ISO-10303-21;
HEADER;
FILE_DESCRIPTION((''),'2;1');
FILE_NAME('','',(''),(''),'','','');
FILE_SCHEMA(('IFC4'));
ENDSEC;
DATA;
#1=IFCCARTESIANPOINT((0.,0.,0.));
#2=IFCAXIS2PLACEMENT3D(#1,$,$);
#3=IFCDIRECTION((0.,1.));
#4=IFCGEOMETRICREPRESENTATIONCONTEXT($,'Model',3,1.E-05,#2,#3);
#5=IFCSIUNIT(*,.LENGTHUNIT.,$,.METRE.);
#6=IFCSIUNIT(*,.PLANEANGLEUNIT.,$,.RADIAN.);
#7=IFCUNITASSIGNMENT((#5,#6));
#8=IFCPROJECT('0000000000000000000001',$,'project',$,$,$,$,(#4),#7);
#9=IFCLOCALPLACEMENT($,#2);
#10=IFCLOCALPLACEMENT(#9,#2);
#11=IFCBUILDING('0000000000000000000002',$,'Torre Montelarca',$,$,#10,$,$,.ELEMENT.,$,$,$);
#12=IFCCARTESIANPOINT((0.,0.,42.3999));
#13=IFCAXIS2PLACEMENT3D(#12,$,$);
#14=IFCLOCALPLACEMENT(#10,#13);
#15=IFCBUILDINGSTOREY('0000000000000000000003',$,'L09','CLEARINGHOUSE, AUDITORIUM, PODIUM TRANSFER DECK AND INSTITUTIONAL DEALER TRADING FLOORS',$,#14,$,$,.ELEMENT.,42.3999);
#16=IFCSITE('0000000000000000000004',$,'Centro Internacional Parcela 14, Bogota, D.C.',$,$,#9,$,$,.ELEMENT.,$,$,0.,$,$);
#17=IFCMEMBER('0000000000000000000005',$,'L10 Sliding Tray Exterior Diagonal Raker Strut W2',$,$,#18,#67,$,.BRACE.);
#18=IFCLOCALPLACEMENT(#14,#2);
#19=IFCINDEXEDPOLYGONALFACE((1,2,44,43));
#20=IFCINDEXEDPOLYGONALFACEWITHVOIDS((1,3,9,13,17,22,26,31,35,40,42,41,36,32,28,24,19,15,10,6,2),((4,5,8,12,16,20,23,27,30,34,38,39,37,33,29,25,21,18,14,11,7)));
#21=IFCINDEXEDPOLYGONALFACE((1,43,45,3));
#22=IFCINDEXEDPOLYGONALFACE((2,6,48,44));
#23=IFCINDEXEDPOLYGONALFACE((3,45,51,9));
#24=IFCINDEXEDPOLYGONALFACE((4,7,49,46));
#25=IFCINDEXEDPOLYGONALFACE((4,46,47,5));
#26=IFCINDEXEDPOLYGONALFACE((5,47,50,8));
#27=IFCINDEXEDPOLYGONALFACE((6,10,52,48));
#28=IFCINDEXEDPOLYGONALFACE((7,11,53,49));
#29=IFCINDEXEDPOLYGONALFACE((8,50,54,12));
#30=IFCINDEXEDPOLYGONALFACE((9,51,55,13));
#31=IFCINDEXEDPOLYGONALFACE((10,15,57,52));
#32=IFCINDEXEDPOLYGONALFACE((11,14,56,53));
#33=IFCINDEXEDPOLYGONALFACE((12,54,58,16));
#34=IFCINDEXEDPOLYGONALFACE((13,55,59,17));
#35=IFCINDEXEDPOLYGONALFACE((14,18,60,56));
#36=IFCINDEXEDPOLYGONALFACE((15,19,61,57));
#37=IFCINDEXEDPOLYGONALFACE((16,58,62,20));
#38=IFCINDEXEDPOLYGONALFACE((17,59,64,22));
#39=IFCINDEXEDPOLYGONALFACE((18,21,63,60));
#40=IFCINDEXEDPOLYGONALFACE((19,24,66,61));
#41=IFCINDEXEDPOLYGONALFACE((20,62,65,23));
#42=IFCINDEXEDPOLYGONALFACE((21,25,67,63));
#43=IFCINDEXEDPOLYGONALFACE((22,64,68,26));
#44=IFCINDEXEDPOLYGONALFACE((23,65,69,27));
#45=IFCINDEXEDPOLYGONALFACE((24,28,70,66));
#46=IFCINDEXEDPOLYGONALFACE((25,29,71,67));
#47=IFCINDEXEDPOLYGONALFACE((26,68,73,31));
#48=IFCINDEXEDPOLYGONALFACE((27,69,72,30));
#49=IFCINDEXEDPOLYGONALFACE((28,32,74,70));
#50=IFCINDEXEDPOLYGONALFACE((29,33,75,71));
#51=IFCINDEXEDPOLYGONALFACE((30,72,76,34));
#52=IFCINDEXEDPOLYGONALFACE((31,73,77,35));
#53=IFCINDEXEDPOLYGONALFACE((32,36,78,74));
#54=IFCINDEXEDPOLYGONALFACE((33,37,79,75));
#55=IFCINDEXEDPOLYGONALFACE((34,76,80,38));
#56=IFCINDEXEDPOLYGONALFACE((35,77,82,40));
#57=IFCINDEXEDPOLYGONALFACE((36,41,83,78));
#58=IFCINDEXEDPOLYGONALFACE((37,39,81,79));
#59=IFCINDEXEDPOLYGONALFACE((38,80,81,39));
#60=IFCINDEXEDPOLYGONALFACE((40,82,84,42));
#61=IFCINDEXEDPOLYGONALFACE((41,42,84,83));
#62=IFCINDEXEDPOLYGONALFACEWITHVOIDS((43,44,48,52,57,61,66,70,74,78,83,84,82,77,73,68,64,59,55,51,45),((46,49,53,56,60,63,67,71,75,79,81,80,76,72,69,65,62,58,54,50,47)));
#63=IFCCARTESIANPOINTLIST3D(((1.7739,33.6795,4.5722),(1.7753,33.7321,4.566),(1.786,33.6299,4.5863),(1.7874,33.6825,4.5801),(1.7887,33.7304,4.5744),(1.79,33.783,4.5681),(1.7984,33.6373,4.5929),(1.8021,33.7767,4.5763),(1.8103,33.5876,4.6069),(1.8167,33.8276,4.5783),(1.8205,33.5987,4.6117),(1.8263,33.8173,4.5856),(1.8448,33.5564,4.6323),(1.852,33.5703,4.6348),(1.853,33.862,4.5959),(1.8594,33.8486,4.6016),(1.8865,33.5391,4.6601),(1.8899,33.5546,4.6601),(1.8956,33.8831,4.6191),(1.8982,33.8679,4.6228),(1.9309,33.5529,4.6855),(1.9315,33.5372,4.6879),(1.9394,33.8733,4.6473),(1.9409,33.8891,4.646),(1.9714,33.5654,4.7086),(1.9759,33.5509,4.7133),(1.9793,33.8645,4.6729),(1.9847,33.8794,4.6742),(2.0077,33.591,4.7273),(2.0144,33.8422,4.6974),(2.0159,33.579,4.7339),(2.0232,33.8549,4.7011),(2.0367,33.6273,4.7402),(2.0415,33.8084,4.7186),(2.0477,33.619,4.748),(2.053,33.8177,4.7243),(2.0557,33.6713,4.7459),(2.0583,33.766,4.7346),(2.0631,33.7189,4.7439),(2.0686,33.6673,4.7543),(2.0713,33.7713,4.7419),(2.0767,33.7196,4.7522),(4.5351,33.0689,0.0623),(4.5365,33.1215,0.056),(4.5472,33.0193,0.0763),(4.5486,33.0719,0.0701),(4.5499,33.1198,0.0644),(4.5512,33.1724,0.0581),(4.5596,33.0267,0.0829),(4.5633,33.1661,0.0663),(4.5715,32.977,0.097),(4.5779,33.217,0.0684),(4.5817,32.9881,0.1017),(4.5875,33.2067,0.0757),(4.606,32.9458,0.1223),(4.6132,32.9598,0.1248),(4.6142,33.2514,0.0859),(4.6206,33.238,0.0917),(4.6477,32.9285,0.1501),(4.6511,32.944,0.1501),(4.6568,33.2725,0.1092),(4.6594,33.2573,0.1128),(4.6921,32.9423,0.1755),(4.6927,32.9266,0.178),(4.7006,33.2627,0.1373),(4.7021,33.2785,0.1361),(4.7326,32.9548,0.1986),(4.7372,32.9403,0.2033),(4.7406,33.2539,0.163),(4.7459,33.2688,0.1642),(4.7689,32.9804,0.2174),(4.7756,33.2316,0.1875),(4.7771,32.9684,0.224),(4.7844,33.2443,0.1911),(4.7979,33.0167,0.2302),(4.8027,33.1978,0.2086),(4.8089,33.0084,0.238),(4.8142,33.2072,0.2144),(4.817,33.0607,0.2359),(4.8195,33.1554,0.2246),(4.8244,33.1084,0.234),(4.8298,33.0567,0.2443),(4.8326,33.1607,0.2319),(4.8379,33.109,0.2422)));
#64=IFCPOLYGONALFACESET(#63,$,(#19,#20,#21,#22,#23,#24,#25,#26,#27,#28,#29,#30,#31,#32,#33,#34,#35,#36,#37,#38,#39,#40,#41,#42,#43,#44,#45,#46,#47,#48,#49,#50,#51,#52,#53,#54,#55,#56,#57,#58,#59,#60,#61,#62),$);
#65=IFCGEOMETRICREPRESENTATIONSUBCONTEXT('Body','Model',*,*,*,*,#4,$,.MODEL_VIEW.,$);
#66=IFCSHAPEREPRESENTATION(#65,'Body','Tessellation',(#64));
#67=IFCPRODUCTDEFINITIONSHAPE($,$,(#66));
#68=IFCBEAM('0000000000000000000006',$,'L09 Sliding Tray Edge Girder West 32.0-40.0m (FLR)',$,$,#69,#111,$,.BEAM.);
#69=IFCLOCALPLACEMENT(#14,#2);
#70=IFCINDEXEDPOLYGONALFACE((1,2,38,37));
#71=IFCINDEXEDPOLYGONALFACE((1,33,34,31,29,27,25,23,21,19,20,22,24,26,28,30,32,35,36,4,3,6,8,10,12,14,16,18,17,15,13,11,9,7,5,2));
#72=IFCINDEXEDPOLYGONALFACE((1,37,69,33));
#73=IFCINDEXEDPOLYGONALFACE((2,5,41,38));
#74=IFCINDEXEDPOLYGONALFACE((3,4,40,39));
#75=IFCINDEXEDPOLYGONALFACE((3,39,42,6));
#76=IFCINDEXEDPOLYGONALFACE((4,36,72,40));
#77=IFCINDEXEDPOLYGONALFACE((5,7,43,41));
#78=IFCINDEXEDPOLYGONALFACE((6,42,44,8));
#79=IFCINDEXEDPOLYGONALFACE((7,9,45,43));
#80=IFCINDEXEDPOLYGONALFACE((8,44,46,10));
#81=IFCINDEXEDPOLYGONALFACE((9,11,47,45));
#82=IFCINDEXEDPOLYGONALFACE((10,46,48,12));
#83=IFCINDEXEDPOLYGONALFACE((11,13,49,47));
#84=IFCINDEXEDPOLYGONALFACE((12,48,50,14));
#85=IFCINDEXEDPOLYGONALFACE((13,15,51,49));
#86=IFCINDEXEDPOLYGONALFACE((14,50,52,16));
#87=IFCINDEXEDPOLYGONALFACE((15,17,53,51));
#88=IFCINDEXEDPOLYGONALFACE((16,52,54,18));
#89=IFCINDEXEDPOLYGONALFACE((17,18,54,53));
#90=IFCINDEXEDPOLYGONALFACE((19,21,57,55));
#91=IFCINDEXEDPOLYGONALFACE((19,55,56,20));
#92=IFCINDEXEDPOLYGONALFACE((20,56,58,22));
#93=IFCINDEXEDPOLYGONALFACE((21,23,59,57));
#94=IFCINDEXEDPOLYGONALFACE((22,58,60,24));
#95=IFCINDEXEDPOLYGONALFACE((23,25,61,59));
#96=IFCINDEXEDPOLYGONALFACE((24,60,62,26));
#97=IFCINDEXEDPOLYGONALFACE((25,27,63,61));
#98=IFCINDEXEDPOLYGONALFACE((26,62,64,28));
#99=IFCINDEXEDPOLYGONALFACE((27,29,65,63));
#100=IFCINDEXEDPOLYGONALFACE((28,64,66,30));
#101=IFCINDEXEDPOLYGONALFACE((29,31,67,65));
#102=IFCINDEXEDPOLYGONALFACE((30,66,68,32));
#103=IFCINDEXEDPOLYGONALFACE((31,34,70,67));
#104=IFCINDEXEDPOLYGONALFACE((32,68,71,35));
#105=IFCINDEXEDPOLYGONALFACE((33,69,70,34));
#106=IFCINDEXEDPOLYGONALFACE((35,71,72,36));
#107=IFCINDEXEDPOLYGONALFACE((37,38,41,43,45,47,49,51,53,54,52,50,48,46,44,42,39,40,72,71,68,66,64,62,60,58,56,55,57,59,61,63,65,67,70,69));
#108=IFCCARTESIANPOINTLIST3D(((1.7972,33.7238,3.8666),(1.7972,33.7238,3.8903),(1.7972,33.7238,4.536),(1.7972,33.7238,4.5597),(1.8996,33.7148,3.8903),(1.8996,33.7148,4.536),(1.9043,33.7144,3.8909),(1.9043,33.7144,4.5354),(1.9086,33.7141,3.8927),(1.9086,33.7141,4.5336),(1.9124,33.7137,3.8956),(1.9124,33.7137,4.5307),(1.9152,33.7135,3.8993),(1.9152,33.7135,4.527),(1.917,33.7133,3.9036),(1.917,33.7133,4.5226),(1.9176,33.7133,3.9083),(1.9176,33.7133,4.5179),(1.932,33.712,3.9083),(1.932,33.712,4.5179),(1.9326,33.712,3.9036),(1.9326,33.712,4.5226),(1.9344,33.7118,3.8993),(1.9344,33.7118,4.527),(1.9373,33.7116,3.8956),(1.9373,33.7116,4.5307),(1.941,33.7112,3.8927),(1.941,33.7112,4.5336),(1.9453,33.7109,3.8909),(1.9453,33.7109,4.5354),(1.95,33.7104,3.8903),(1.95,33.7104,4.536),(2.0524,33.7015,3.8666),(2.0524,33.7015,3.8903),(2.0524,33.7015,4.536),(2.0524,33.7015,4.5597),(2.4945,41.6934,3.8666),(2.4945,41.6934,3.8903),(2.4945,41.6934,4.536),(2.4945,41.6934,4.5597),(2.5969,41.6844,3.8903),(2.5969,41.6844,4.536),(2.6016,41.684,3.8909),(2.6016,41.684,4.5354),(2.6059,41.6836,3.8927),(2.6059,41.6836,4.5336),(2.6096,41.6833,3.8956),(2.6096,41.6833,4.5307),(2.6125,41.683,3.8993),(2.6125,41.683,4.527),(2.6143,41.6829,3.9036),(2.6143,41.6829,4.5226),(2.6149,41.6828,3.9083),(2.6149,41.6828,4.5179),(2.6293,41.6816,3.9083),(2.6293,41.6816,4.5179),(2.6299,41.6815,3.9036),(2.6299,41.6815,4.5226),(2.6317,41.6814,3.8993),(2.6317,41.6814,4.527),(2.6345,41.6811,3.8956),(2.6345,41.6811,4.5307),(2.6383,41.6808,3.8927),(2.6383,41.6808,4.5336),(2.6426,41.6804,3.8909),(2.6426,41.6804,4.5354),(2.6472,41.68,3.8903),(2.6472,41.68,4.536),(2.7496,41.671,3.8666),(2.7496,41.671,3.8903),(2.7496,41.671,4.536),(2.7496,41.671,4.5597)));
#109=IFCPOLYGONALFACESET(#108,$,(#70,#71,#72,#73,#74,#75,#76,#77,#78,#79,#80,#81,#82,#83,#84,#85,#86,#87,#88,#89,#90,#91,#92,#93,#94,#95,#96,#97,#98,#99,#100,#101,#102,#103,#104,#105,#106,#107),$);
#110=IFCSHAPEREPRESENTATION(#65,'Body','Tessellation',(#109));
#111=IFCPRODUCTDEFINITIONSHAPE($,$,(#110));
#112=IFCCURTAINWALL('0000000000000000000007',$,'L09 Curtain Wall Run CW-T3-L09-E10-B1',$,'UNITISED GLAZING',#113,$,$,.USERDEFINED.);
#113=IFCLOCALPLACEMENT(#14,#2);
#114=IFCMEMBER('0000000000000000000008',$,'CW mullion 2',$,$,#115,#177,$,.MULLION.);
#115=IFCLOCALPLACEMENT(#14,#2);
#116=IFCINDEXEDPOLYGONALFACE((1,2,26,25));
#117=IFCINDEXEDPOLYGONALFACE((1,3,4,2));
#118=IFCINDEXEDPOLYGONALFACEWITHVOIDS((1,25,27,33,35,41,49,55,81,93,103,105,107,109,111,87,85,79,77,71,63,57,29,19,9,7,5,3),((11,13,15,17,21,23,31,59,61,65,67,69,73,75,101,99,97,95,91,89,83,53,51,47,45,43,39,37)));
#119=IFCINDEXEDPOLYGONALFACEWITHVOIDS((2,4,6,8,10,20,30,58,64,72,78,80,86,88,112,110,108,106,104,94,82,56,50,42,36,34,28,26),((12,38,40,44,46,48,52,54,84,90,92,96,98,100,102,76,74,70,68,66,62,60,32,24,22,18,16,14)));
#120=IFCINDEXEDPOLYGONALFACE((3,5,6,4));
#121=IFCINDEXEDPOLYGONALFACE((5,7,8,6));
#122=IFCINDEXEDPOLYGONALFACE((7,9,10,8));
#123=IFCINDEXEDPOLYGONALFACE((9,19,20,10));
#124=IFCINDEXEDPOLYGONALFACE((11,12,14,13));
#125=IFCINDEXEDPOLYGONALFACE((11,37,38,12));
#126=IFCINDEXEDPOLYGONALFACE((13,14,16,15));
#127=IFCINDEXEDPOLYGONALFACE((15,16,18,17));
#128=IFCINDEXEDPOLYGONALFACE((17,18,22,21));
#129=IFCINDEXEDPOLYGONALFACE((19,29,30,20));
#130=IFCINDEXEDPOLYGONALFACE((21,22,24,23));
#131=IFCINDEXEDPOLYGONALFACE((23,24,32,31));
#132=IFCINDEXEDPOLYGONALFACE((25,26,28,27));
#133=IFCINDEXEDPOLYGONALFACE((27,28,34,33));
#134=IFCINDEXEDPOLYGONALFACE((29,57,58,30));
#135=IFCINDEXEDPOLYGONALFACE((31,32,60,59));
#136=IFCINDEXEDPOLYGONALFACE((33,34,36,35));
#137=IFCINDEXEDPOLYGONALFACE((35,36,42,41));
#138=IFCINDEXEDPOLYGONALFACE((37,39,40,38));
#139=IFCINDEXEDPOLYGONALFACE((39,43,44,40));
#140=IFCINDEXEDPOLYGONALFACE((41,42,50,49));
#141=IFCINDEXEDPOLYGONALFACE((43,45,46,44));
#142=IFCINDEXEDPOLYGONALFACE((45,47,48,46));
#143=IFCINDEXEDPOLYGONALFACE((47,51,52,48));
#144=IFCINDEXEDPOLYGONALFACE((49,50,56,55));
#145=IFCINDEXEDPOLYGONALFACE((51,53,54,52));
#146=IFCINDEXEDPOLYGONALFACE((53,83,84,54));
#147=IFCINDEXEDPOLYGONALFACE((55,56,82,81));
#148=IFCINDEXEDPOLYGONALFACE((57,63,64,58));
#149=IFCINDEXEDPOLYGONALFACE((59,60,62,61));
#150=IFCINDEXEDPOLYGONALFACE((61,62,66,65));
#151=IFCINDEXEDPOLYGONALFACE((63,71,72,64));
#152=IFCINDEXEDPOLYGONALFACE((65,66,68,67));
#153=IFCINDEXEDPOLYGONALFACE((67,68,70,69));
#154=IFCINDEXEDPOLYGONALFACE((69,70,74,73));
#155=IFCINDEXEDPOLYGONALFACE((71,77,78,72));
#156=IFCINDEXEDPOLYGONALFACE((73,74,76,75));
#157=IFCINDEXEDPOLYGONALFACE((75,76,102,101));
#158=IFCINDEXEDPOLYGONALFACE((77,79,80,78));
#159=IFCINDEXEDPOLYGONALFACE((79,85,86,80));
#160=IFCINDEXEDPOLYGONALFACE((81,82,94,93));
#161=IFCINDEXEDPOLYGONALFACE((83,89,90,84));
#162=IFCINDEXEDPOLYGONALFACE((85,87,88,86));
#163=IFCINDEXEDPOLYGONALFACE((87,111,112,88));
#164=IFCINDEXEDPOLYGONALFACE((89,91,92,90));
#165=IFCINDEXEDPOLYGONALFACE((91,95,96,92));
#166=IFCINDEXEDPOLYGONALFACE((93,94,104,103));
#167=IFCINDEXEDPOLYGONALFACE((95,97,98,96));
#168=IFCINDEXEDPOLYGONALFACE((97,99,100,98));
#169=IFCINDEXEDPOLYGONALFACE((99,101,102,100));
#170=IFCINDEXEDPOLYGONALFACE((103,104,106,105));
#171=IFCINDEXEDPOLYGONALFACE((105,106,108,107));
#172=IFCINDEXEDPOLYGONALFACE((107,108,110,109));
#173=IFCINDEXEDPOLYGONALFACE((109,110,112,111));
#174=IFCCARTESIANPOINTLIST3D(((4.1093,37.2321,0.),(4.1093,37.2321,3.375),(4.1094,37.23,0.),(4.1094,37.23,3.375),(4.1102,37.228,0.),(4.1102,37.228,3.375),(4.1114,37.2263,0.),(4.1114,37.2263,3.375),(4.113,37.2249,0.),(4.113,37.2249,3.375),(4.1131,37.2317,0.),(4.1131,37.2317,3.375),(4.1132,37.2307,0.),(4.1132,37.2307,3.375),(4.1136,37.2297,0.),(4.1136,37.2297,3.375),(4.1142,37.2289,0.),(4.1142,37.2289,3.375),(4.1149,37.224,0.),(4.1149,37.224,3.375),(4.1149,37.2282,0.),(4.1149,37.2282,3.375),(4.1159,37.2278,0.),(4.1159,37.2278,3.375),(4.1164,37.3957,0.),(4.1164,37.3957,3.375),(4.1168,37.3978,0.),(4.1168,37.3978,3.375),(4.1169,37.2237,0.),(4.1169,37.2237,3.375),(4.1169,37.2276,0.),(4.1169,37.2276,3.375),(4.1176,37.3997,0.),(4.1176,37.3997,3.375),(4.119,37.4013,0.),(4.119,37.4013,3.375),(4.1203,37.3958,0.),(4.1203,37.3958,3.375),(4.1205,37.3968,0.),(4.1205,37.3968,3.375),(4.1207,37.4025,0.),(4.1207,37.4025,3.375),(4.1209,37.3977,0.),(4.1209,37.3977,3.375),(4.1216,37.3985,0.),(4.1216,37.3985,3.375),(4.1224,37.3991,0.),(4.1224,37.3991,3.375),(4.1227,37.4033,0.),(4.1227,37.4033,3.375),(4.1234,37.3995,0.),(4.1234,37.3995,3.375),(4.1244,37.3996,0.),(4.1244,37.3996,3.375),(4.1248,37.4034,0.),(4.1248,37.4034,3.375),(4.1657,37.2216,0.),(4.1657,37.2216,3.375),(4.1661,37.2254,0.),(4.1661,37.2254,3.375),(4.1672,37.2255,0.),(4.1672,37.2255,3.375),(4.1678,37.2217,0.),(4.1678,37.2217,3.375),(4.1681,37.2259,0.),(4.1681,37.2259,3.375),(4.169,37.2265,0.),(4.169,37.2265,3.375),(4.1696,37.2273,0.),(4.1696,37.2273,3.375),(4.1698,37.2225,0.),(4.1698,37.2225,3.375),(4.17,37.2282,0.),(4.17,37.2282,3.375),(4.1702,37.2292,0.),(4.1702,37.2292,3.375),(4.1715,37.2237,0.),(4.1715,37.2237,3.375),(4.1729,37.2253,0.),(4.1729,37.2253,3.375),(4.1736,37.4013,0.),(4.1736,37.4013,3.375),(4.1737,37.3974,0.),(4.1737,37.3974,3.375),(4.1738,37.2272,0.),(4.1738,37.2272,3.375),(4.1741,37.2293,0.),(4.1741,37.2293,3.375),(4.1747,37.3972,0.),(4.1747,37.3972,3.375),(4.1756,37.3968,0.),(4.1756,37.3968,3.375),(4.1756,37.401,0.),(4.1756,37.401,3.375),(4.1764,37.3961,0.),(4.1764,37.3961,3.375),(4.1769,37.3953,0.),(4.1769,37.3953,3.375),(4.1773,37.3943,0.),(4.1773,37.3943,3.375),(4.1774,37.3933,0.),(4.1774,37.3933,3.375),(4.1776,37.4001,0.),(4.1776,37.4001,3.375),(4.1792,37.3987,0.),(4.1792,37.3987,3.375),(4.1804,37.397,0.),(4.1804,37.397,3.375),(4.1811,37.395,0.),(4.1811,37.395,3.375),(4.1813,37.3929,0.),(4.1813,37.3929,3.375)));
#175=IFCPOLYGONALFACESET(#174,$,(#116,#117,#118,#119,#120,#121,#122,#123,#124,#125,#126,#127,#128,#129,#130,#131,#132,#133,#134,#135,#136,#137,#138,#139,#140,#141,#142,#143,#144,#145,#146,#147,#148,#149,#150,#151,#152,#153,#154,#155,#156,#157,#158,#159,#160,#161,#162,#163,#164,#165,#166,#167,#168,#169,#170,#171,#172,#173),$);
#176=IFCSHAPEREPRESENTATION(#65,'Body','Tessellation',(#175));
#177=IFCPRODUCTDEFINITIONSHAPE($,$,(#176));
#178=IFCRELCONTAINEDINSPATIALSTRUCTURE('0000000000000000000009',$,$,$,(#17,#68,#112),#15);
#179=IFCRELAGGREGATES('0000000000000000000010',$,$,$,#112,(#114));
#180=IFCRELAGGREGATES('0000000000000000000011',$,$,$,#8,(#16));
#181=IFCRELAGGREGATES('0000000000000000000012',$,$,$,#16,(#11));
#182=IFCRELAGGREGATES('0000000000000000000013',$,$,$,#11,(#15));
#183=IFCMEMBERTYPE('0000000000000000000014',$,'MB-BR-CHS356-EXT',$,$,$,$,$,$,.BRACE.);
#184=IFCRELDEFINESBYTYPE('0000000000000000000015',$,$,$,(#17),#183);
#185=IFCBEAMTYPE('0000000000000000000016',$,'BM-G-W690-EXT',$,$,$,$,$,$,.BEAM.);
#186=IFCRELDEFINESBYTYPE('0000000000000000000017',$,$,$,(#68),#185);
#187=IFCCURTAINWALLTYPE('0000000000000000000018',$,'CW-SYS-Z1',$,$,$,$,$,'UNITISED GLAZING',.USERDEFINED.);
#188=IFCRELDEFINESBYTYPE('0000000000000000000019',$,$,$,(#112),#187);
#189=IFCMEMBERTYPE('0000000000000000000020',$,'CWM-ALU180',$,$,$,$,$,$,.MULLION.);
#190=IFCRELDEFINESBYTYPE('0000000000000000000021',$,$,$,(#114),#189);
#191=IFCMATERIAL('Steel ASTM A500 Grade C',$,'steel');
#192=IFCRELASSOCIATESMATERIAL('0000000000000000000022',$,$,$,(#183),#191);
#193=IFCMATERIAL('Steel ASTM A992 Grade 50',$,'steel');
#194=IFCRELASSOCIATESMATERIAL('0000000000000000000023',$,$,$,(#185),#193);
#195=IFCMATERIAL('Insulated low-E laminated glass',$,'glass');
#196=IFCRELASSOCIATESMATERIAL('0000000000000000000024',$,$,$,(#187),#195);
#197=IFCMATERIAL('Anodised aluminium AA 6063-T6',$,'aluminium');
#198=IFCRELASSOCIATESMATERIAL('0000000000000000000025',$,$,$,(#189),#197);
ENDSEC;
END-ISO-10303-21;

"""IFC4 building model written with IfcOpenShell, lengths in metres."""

from ifc_helpers import new_model, si_unit, direction, frame, origin, origin_2d, place, context, subcontext, project, spatial, hollow_rectangle, hollow_circle, i_section, extrude, source, transform, mapped, material, material_profile, profile_set, type_object, element, aggregate, save


model = new_model("IFC4")

# Units and contexts
model_context = context("Model", 3, precision=1e-05, world=origin(), true_north=direction((0.0, 1.0)))
body_context = subcontext(model_context, "Body", "Model", "MODEL_VIEW")
ifc_project = project(units=[si_unit("LENGTHUNIT", "METRE"), si_unit("PLANEANGLEUNIT", "RADIAN")], contexts=[model_context])

# Site, building, storey
site_placement = place(None, origin())
site = spatial("IfcSite", under=ifc_project, at=site_placement, Name="Centro Internacional Parcela 14, Bogota, D.C.", CompositionType="ELEMENT", RefElevation=0.0)
building_placement = place(site_placement, origin())
building = spatial("IfcBuilding", under=site, at=building_placement, Name="Torre Montelarca", CompositionType="ELEMENT")
storey_placement = place(building_placement, frame((0.0, 0.0, 42.3999)))
storey = spatial("IfcBuildingStorey", under=building, at=storey_placement, Name="L09", Description="CLEARINGHOUSE, AUDITORIUM, PODIUM TRANSFER DECK AND INSTITUTIONAL DEALER TRADING FLOORS", CompositionType="ELEMENT", Elevation=42.3999)

# Member
ifc_material_1 = material(Name="Steel ASTM A500 Grade C", Category="steel")
ifc_material_profile_1 = material_profile(ifc_material_1, hollow_circle(Radius=0.1777, WallThickness=0.0159, at=origin_2d()), Name="HSS355.6X15.9", Category="steel")
ifc_profile_set_1 = profile_set([ifc_material_profile_1], Name="Steel ASTM A500 Grade C")
member_type_1 = type_object("IfcMemberType", Name="MB-BR-CHS356-EXT", PredefinedType="BRACE", material=ifc_profile_set_1)
shared_shape_1 = source(origin(), body_context, "Body", "SweptSolid", [
    extrude(hollow_circle(Radius=0.1777, WallThickness=0.0159, at=origin_2d()), origin(), (0.0, 0.0, 1.0), 5.3232),
])
member_1_placement = place(storey_placement, frame((4.686, 33.1021, 0.1501), z_axis=(-0.518708, 0.114703, 0.847222), x_axis=(-0.215916, -0.976412, 0.0)))
element("IfcMember", 1, at=member_1_placement, inside=storey, type_object=member_type_1, Name="L10 Sliding Tray Exterior Diagonal Raker Strut W2", PredefinedType="BRACE", context=body_context, shape_type="MappedRepresentation", body=[
    mapped(shared_shape_1, transform((0.0, 0.0, 0.0), scale=1.0)),
])

# Beam
ifc_material_2 = material(Name="Steel ASTM A992 Grade 50", Category="steel")
ifc_material_profile_2 = material_profile(ifc_material_2, i_section(OverallWidth=0.2561, OverallDepth=0.6931, WebThickness=0.0144, FlangeThickness=0.0237, FilletRadius=0.0181, at=origin_2d()), Name="W690X170", Category="steel")
ifc_profile_set_2 = profile_set([ifc_material_profile_2], Name="Steel ASTM A992 Grade 50")
beam_type = type_object("IfcBeamType", Name="BM-G-W690-EXT", PredefinedType="BEAM", material=ifc_profile_set_2)
shared_shape_2 = source(origin(), body_context, "Body", "SweptSolid", [
    extrude(i_section(OverallWidth=0.2561, OverallDepth=0.6931, WebThickness=0.0144, FlangeThickness=0.0237, FilletRadius=0.0181, at=origin_2d()), origin(), (0.0, 0.0, 1.0), 8.0),
])
beam_placement = place(storey_placement, frame((1.9248, 33.7126, 4.2131), z_axis=(0.087159, 0.996194, 0.0), x_axis=(-0.996194, 0.087159, 0.0)))
element("IfcBeam", 2, at=beam_placement, inside=storey, type_object=beam_type, Name="L09 Sliding Tray Edge Girder West 32.0-40.0m (FLR)", PredefinedType="BEAM", context=body_context, shape_type="MappedRepresentation", body=[
    mapped(shared_shape_2, transform((0.0, 0.0, 0.0), scale=1.0)),
])

# Curtain wall, member
ifc_material_3 = material(Name="Insulated low-E laminated glass", Category="glass")
curtain_wall_type = type_object("IfcCurtainWallType", Name="CW-SYS-Z1", ElementType="UNITISED GLAZING", PredefinedType="USERDEFINED", material=ifc_material_3)
curtain_wall_1_placement = place(storey_placement, origin())
curtain_wall_1 = element("IfcCurtainWall", 3, at=curtain_wall_1_placement, inside=storey, type_object=curtain_wall_type, Name="L09 Curtain Wall Run CW-T3-L09-E10-B1", ObjectType="UNITISED GLAZING", PredefinedType="USERDEFINED")
ifc_material_4 = material(Name="Anodised aluminium AA 6063-T6", Category="aluminium")
ifc_material_profile_3 = material_profile(ifc_material_4, hollow_rectangle(XDim=0.0649, YDim=0.1799, WallThickness=0.0039, InnerFilletRadius=0.0039, OuterFilletRadius=0.0081, at=origin_2d()), Name="ALU65X180X4", Category="aluminium")
ifc_profile_set_3 = profile_set([ifc_material_profile_3], Name="Anodised aluminium AA 6063-T6")
member_type_2 = type_object("IfcMemberType", Name="CWM-ALU180", PredefinedType="MULLION", material=ifc_profile_set_3)
shared_shape_3 = source(origin(), body_context, "Body", "SweptSolid", [
    extrude(hollow_rectangle(XDim=0.0649, YDim=0.1799, WallThickness=0.0039, InnerFilletRadius=0.0039, OuterFilletRadius=0.0081, at=origin_2d()), origin(), (0.0, 0.0, 1.0), 3.375),
])
member_2_placement = place(storey_placement, frame((4.1453, 37.3125, 0.0), z_axis=(0.0, 0.0, 1.0), x_axis=(0.999049, -0.043607, 0.0)))
member_2 = element("IfcMember", 4, at=member_2_placement, type_object=member_type_2, Name="CW mullion 2", PredefinedType="MULLION", context=body_context, shape_type="MappedRepresentation", body=[
    mapped(shared_shape_3, transform((0.0, 0.0, 0.0), scale=1.0)),
])

aggregate(curtain_wall_1, [member_2])

save(model, "model.ifc")
